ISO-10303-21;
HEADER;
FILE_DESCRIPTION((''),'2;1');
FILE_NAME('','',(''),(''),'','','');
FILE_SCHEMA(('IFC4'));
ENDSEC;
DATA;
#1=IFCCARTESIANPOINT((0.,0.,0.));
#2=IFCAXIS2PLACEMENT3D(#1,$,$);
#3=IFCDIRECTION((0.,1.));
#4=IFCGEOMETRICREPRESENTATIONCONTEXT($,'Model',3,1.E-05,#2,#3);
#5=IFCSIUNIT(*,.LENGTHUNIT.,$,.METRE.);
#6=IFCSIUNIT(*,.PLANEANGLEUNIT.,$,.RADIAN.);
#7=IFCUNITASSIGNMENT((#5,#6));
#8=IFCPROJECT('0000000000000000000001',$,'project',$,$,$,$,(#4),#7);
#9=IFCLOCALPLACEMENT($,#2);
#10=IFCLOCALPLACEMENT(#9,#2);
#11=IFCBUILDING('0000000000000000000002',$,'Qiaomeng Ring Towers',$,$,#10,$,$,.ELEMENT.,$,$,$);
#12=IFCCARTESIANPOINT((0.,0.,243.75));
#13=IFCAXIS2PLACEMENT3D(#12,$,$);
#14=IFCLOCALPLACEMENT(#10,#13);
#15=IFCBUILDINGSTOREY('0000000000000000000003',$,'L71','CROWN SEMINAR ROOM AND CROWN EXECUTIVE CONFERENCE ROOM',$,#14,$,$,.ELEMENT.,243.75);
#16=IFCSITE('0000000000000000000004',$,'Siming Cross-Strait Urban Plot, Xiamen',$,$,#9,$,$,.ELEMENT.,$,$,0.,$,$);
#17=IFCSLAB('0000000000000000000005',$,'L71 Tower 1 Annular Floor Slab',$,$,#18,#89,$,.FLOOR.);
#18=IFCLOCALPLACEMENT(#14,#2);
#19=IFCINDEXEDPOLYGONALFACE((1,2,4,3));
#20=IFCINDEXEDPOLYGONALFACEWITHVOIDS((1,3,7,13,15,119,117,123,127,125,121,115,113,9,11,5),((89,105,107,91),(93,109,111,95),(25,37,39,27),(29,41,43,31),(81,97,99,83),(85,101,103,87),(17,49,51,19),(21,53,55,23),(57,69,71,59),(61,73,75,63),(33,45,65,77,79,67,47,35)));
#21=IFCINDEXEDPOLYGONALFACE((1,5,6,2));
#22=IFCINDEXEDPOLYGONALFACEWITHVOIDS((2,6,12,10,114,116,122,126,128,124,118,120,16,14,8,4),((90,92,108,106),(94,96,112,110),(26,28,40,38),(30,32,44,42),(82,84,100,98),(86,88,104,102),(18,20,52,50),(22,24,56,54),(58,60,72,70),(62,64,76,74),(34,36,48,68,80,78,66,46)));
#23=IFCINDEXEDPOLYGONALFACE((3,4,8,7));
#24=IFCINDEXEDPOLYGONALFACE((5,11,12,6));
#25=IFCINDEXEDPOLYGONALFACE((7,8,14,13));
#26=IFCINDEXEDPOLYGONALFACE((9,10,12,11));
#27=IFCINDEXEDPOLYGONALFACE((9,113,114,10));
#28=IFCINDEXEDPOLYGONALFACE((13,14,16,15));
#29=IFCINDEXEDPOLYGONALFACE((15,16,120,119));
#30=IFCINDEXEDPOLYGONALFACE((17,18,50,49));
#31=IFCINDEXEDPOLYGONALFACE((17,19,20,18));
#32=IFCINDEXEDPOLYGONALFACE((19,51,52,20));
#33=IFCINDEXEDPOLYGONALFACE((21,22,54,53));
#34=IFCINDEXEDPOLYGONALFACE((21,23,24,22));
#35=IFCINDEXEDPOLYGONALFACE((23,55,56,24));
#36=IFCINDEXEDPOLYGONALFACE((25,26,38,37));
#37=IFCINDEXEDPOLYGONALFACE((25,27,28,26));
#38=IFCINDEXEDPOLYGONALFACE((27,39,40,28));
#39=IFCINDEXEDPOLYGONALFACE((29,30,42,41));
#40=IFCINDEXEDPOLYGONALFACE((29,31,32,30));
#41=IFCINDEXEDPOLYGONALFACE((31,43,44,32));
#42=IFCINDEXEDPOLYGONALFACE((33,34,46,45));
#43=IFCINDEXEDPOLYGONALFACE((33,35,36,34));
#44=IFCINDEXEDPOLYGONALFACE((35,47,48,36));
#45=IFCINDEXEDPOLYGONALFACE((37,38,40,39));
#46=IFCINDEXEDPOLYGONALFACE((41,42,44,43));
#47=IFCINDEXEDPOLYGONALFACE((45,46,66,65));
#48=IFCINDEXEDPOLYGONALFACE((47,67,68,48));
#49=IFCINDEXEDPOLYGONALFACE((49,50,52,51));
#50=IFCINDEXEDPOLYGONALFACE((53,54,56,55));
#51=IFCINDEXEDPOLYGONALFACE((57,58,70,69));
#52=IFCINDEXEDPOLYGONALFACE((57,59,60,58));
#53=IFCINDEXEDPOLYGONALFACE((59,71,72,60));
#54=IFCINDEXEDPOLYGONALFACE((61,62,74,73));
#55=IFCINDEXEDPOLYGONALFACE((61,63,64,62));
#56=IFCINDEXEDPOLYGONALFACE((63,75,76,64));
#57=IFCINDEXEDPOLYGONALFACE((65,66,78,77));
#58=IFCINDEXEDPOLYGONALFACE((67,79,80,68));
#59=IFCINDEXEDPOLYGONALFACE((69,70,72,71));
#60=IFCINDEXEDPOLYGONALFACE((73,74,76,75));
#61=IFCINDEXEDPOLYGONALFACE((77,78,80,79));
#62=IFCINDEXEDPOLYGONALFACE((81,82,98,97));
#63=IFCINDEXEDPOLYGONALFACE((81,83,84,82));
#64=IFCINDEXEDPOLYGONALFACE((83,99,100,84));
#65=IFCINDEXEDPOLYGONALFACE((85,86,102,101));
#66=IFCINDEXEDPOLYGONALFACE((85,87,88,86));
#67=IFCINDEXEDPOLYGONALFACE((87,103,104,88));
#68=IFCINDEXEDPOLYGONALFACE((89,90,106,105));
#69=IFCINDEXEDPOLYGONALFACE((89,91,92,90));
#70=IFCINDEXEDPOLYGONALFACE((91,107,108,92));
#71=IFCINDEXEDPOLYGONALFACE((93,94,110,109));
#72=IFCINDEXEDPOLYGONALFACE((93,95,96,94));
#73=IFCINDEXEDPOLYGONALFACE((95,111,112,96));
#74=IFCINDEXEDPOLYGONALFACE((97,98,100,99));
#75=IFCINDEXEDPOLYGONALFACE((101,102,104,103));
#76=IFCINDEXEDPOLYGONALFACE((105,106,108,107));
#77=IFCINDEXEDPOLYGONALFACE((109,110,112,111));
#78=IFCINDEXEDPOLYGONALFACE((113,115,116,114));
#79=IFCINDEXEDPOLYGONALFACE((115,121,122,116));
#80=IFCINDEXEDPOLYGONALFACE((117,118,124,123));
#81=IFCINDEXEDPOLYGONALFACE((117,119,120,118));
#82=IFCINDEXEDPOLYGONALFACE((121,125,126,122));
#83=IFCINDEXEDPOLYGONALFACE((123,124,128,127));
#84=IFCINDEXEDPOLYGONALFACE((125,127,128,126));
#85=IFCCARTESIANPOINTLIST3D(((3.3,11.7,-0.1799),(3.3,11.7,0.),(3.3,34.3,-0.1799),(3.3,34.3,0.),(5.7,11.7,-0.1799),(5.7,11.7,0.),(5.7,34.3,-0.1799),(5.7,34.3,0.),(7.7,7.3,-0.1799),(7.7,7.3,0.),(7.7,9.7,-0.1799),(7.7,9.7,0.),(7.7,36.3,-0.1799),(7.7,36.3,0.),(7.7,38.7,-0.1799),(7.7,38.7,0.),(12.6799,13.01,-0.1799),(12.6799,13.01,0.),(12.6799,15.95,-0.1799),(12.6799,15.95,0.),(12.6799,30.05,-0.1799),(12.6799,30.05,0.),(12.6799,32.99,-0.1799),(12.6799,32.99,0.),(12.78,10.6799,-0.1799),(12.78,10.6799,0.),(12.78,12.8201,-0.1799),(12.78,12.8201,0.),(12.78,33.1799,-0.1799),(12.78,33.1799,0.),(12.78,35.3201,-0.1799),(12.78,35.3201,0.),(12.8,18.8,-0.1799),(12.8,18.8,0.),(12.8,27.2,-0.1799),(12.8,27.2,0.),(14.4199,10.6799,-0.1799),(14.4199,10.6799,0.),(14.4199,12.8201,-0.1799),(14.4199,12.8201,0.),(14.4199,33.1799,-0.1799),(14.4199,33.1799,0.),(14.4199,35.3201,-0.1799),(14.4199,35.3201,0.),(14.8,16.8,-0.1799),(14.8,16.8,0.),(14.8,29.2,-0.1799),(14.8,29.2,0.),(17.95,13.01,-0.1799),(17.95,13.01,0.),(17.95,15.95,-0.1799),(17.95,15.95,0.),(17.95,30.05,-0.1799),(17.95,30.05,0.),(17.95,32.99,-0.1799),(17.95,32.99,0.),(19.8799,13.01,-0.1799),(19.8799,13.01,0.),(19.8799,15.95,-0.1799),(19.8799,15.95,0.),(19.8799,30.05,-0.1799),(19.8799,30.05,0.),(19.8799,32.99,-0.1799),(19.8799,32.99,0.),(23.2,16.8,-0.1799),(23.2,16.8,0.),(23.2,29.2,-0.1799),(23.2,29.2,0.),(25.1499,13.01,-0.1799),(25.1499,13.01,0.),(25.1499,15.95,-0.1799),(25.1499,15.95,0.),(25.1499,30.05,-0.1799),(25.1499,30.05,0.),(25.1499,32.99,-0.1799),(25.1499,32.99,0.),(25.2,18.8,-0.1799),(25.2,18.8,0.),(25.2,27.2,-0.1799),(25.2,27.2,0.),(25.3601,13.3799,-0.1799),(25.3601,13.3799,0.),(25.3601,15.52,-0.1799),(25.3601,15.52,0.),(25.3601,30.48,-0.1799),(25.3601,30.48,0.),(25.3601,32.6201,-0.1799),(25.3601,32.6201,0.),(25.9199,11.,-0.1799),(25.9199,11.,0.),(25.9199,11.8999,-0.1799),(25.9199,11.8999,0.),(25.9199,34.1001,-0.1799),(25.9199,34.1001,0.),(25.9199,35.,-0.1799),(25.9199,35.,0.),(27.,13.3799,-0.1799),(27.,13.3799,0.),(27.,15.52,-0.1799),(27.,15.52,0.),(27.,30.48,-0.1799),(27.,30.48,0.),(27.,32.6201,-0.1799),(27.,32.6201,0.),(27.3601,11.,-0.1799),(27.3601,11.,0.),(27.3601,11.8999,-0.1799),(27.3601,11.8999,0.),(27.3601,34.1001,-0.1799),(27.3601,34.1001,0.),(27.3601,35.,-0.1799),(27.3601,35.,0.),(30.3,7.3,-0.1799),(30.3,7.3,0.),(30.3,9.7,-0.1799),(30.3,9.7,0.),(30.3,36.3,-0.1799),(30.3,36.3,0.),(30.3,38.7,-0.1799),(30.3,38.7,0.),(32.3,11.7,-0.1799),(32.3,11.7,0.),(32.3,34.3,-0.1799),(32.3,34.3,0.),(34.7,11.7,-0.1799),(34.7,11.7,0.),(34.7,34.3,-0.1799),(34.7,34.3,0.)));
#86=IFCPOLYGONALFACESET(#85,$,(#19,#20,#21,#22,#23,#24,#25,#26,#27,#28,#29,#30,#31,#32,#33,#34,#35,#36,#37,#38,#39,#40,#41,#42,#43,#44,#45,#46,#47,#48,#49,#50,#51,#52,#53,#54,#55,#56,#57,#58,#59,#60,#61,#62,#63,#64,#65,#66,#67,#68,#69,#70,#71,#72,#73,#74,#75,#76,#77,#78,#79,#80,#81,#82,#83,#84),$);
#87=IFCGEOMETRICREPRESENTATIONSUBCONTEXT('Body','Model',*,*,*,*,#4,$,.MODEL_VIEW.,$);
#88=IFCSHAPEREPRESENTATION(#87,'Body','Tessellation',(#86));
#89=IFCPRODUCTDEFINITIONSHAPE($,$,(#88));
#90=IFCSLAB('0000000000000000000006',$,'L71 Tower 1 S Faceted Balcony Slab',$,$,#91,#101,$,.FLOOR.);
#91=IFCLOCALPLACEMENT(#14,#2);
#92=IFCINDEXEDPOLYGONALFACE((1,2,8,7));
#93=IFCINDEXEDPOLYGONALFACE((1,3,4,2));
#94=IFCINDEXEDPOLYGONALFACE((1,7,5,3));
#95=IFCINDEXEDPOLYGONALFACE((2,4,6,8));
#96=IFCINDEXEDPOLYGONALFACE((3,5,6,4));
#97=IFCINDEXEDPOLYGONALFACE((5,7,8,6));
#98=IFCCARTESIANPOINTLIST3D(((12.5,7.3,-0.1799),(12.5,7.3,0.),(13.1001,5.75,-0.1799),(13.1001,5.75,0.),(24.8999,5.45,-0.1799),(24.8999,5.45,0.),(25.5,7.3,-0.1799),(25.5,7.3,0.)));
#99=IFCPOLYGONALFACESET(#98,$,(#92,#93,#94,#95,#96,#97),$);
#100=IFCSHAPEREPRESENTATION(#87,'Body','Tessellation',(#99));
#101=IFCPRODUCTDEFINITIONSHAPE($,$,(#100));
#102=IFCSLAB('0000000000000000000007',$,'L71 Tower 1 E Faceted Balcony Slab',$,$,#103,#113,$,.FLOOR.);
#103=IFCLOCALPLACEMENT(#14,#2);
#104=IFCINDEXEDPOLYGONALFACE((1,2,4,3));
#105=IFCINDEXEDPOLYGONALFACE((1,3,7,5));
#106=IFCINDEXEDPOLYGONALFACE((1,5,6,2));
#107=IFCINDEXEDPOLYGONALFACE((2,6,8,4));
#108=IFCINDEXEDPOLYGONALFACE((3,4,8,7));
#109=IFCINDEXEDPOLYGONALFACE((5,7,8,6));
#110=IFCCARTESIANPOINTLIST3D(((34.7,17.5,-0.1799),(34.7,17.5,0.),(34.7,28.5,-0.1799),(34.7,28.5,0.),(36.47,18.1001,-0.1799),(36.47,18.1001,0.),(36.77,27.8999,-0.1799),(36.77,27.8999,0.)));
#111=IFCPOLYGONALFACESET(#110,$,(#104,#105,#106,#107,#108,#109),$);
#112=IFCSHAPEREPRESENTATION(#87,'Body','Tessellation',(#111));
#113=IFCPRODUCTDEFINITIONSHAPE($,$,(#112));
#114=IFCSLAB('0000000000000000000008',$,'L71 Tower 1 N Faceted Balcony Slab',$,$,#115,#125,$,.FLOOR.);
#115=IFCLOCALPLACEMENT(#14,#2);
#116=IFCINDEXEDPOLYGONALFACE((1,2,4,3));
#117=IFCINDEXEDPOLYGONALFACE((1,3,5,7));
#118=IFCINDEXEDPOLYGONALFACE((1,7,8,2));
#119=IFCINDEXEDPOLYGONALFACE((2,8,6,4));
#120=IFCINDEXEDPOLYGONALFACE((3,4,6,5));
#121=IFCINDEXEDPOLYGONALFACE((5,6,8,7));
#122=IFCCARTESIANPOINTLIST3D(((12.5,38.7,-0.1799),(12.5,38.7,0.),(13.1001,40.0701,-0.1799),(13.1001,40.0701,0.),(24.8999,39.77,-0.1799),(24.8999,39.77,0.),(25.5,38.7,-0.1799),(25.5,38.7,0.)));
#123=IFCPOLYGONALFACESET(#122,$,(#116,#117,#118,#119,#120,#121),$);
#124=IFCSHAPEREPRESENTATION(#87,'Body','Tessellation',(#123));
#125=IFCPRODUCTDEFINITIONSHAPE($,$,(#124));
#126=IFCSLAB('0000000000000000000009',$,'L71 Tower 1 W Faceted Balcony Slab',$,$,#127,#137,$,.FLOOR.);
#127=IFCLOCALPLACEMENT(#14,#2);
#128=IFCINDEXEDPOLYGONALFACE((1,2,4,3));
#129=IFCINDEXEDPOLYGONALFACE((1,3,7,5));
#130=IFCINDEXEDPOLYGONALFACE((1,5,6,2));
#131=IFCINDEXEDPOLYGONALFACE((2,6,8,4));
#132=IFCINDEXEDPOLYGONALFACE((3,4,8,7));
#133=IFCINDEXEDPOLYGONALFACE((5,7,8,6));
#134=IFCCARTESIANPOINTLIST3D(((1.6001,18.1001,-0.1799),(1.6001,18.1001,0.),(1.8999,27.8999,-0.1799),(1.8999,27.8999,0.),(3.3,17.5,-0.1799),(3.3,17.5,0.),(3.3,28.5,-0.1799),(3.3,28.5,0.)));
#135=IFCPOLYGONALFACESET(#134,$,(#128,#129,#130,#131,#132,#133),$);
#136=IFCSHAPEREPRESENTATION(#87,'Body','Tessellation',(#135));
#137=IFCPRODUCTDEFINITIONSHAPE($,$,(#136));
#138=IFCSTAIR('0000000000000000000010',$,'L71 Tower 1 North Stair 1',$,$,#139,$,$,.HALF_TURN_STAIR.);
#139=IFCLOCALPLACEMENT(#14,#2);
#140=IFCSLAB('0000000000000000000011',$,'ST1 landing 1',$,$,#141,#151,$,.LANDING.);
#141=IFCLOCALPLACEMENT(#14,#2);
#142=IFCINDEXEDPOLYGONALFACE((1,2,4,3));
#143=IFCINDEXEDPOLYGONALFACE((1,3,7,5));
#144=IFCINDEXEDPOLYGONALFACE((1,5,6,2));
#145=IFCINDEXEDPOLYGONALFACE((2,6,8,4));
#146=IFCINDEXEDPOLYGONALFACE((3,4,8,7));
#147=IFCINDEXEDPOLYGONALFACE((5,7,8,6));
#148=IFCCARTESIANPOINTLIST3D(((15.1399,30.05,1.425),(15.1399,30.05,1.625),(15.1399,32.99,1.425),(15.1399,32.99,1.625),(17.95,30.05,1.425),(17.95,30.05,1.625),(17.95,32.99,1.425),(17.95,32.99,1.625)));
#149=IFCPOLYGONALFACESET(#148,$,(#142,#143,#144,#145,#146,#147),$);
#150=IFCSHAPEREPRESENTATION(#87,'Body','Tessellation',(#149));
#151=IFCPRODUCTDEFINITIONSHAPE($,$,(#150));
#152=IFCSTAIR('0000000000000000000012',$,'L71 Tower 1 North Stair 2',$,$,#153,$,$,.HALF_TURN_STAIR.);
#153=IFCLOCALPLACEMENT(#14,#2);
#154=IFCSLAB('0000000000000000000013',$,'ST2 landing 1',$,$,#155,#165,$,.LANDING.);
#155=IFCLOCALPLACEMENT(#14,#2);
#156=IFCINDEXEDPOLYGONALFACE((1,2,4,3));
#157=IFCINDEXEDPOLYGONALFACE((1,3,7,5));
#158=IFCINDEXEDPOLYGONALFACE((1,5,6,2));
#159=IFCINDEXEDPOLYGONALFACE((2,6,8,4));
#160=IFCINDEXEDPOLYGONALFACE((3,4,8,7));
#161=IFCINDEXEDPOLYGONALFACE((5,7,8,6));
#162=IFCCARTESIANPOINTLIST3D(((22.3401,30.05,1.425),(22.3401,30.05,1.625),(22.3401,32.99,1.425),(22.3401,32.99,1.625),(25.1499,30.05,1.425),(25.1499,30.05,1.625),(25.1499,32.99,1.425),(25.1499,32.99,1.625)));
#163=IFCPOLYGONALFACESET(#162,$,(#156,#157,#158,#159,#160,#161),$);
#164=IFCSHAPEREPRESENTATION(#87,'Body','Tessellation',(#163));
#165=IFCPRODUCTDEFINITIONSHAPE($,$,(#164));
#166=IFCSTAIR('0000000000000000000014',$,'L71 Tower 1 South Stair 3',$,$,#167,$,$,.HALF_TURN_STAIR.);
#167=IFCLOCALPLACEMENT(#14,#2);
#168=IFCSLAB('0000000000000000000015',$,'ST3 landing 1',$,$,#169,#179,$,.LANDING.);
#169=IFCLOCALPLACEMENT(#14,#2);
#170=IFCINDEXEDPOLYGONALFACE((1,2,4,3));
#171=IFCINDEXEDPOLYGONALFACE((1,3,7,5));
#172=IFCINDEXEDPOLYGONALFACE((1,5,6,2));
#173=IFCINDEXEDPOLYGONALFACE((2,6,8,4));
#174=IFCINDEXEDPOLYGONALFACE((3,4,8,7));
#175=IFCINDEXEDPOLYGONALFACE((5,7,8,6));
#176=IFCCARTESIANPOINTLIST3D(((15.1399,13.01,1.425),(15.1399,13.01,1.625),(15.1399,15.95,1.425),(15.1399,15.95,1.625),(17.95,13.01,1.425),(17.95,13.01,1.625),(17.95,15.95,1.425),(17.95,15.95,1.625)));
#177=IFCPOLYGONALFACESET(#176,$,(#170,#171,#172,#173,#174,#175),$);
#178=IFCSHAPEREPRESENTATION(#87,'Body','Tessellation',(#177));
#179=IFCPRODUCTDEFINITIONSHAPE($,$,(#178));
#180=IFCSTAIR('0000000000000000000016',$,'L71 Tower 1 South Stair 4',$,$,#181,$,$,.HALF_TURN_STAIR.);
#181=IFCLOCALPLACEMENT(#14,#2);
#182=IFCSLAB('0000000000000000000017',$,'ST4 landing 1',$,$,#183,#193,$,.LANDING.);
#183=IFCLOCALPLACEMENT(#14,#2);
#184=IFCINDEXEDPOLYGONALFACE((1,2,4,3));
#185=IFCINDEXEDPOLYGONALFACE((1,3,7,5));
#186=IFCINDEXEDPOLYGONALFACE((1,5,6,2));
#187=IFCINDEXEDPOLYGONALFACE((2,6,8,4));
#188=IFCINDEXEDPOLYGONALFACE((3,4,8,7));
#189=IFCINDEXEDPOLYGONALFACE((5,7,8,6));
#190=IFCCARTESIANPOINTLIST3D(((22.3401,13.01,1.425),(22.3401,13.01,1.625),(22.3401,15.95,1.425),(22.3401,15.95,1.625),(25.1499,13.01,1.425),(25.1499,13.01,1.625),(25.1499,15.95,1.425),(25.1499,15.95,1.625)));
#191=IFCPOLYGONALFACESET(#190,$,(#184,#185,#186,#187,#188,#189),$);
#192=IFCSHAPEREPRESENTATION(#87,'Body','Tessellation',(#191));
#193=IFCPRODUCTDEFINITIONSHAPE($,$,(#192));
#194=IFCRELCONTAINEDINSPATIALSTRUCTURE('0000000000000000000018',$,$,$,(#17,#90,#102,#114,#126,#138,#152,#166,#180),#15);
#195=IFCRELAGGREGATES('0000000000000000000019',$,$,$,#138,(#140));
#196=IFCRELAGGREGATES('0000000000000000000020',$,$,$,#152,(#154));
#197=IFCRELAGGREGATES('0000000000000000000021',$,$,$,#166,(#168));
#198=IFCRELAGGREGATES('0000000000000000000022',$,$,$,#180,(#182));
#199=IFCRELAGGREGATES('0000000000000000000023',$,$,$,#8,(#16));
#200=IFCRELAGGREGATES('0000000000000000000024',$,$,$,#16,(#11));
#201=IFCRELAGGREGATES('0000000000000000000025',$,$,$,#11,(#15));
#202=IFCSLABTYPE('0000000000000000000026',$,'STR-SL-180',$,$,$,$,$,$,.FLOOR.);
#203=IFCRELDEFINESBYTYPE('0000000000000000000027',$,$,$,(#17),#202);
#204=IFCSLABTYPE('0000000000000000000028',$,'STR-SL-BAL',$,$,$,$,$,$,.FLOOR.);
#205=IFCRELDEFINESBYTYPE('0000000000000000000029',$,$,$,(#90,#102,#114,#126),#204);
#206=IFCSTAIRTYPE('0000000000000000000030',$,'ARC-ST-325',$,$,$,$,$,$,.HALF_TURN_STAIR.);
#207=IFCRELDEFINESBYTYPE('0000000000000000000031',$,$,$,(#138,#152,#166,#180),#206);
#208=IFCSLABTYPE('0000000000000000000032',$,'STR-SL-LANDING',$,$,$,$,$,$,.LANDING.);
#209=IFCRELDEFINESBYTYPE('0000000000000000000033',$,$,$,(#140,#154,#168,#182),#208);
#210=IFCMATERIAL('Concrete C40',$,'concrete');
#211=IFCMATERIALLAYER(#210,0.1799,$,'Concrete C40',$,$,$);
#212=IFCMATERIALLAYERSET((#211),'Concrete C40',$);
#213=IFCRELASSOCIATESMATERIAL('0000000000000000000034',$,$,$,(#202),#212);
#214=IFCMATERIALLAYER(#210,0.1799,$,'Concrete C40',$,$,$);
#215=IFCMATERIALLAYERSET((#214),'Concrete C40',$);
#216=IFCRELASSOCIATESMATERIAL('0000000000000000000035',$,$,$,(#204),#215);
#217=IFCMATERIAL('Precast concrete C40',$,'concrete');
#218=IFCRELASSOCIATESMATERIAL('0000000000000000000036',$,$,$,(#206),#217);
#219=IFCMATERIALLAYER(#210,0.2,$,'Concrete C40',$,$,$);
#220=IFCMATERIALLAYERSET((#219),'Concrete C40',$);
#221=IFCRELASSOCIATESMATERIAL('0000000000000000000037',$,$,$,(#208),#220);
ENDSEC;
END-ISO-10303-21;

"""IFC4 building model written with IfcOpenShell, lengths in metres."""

from ifc_helpers import new_model, si_unit, direction, frame, origin, place, context, subcontext, project, spatial, polyline, outline, extrude, material, layer, layer_set, type_object, element, aggregate, save


model = new_model("IFC4")

# Units and contexts
model_context = context("Model", 3, precision=1e-05, world=origin(), true_north=direction((0.0, 1.0)))
body_context = subcontext(model_context, "Body", "Model", "MODEL_VIEW")
ifc_project = project(units=[si_unit("LENGTHUNIT", "METRE"), si_unit("PLANEANGLEUNIT", "RADIAN")], contexts=[model_context])

# Site, building, storey
site_placement = place(None, origin())
site = spatial("IfcSite", under=ifc_project, at=site_placement, Name="Siming Cross-Strait Urban Plot, Xiamen", CompositionType="ELEMENT", RefElevation=0.0)
building_placement = place(site_placement, origin())
building = spatial("IfcBuilding", under=site, at=building_placement, Name="Qiaomeng Ring Towers", CompositionType="ELEMENT")
storey_placement = place(building_placement, frame((0.0, 0.0, 243.75)))
storey = spatial("IfcBuildingStorey", under=building, at=storey_placement, Name="L71", Description="CROWN SEMINAR ROOM AND CROWN EXECUTIVE CONFERENCE ROOM", CompositionType="ELEMENT", Elevation=243.75)

# Slabs
ifc_material_1 = material(Name="Concrete C40", Category="concrete")
ifc_layer_1 = layer(ifc_material_1, 0.1799, Name="Concrete C40")
ifc_layer_set_1 = layer_set([ifc_layer_1], Name="Concrete C40")
slab_type_1 = type_object("IfcSlabType", Name="STR-SL-180", PredefinedType="FLOOR", material=ifc_layer_set_1)
slab_1_placement = place(storey_placement, frame((0.0, 0.0, -0.1799)))
element("IfcSlab", 1, at=slab_1_placement, inside=storey, type_object=slab_type_1, Name="L71 Tower 1 Annular Floor Slab", PredefinedType="FLOOR", context=body_context, shape_type="SweptSolid", body=[
    extrude(outline(polyline([(7.7, 7.3), (30.3, 7.3), (30.3, 9.7), (32.3, 11.7), (34.7, 11.7), (34.7, 34.3), (32.3, 34.3), (30.3, 36.3), (30.3, 38.7), (7.7, 38.7), (7.7, 36.3), (5.7, 34.3), (3.3, 34.3), (3.3, 11.7), (5.7, 11.7), (7.7, 9.7), (7.7, 7.3)]), holes=[polyline([(12.78, 10.6799), (12.78, 12.8201), (14.4199, 12.8201), (14.4199, 10.6799), (12.78, 10.6799)]), polyline([(12.6799, 13.01), (12.6799, 15.95), (17.95, 15.95), (17.95, 13.01), (12.6799, 13.01)]), polyline([(23.2, 29.2), (25.2, 27.2), (25.2, 18.8), (23.2, 16.8), (14.8, 16.8), (12.8, 18.8), (12.8, 27.2), (14.8, 29.2), (23.2, 29.2)]), polyline([(12.6799, 32.99), (17.95, 32.99), (17.95, 30.05), (12.6799, 30.05), (12.6799, 32.99)]), polyline([(19.8799, 32.99), (25.1499, 32.99), (25.1499, 30.05), (19.8799, 30.05), (19.8799, 32.99)]), polyline([(12.78, 33.1799), (12.78, 35.3201), (14.4199, 35.3201), (14.4199, 33.1799), (12.78, 33.1799)]), polyline([(25.9199, 11.8999), (27.3601, 11.8999), (27.3601, 11.0), (25.9199, 11.0), (25.9199, 11.8999)]), polyline([(25.3601, 15.52), (27.0, 15.52), (27.0, 13.3799), (25.3601, 13.3799), (25.3601, 15.52)]), polyline([(19.8799, 13.01), (19.8799, 15.95), (25.1499, 15.95), (25.1499, 13.01), (19.8799, 13.01)]), polyline([(25.3601, 32.6201), (27.0, 32.6201), (27.0, 30.48), (25.3601, 30.48), (25.3601, 32.6201)]), polyline([(25.9199, 35.0), (27.3601, 35.0), (27.3601, 34.1001), (25.9199, 34.1001), (25.9199, 35.0)])]), origin(), (0.0, 0.0, 1.0), 0.1799),
])
ifc_layer_2 = layer(ifc_material_1, 0.1799, Name="Concrete C40")
ifc_layer_set_2 = layer_set([ifc_layer_2], Name="Concrete C40")
slab_type_2 = type_object("IfcSlabType", Name="STR-SL-BAL", PredefinedType="FLOOR", material=ifc_layer_set_2)
slab_2_placement = place(storey_placement, frame((0.0, 0.0, -0.1799)))
element("IfcSlab", 2, at=slab_2_placement, inside=storey, type_object=slab_type_2, Name="L71 Tower 1 S Faceted Balcony Slab", PredefinedType="FLOOR", context=body_context, shape_type="SweptSolid", body=[
    extrude(outline(polyline([(24.8999, 5.45), (13.1001, 5.75), (12.5, 7.3), (25.5, 7.3), (24.8999, 5.45)])), origin(), (0.0, 0.0, 1.0), 0.1799),
])
slab_3_placement = place(storey_placement, frame((0.0, 0.0, -0.1799)))
element("IfcSlab", 3, at=slab_3_placement, inside=storey, type_object=slab_type_2, Name="L71 Tower 1 E Faceted Balcony Slab", PredefinedType="FLOOR", context=body_context, shape_type="SweptSolid", body=[
    extrude(outline(polyline([(36.77, 27.8999), (36.47, 18.1001), (34.7, 17.5), (34.7, 28.5), (36.77, 27.8999)])), origin(), (0.0, 0.0, 1.0), 0.1799),
])
slab_4_placement = place(storey_placement, frame((0.0, 0.0, -0.1799)))
element("IfcSlab", 4, at=slab_4_placement, inside=storey, type_object=slab_type_2, Name="L71 Tower 1 N Faceted Balcony Slab", PredefinedType="FLOOR", context=body_context, shape_type="SweptSolid", body=[
    extrude(outline(polyline([(12.5, 38.7), (13.1001, 40.0701), (24.8999, 39.77), (25.5, 38.7), (12.5, 38.7)])), origin(), (0.0, 0.0, 1.0), 0.1799),
])
slab_5_placement = place(storey_placement, frame((0.0, 0.0, -0.1799)))
element("IfcSlab", 5, at=slab_5_placement, inside=storey, type_object=slab_type_2, Name="L71 Tower 1 W Faceted Balcony Slab", PredefinedType="FLOOR", context=body_context, shape_type="SweptSolid", body=[
    extrude(outline(polyline([(1.6001, 18.1001), (1.8999, 27.8999), (3.3, 28.5), (3.3, 17.5), (1.6001, 18.1001)])), origin(), (0.0, 0.0, 1.0), 0.1799),
])

# Stairs, slabs
ifc_material_2 = material(Name="Precast concrete C40", Category="concrete")
stair_type = type_object("IfcStairType", Name="ARC-ST-325", PredefinedType="HALF_TURN_STAIR", material=ifc_material_2)
stair_1_placement = place(storey_placement, origin())
stair_1 = element("IfcStair", 6, at=stair_1_placement, inside=storey, type_object=stair_type, Name="L71 Tower 1 North Stair 1", PredefinedType="HALF_TURN_STAIR")
ifc_layer_3 = layer(ifc_material_1, 0.2, Name="Concrete C40")
ifc_layer_set_3 = layer_set([ifc_layer_3], Name="Concrete C40")
slab_type_3 = type_object("IfcSlabType", Name="STR-SL-LANDING", PredefinedType="LANDING", material=ifc_layer_set_3)
slab_6_placement = place(storey_placement, frame((0.0, 0.0, 1.425)))
slab_6 = element("IfcSlab", 7, at=slab_6_placement, type_object=slab_type_3, Name="ST1 landing 1", PredefinedType="LANDING", context=body_context, shape_type="SweptSolid", body=[
    extrude(outline(polyline([(15.1399, 30.05), (17.95, 30.05), (17.95, 32.99), (15.1399, 32.99), (15.1399, 30.05)])), origin(), (0.0, 0.0, 1.0), 0.2),
])
aggregate(stair_1, [slab_6])
stair_2_placement = place(storey_placement, origin())
stair_2 = element("IfcStair", 8, at=stair_2_placement, inside=storey, type_object=stair_type, Name="L71 Tower 1 North Stair 2", PredefinedType="HALF_TURN_STAIR")
slab_7_placement = place(storey_placement, frame((0.0, 0.0, 1.425)))
slab_7 = element("IfcSlab", 9, at=slab_7_placement, type_object=slab_type_3, Name="ST2 landing 1", PredefinedType="LANDING", context=body_context, shape_type="SweptSolid", body=[
    extrude(outline(polyline([(22.3401, 30.05), (25.1499, 30.05), (25.1499, 32.99), (22.3401, 32.99), (22.3401, 30.05)])), origin(), (0.0, 0.0, 1.0), 0.2),
])
aggregate(stair_2, [slab_7])
stair_3_placement = place(storey_placement, origin())
stair_3 = element("IfcStair", 10, at=stair_3_placement, inside=storey, type_object=stair_type, Name="L71 Tower 1 South Stair 3", PredefinedType="HALF_TURN_STAIR")
slab_8_placement = place(storey_placement, frame((0.0, 0.0, 1.425)))
slab_8 = element("IfcSlab", 11, at=slab_8_placement, type_object=slab_type_3, Name="ST3 landing 1", PredefinedType="LANDING", context=body_context, shape_type="SweptSolid", body=[
    extrude(outline(polyline([(15.1399, 13.01), (17.95, 13.01), (17.95, 15.95), (15.1399, 15.95), (15.1399, 13.01)])), origin(), (0.0, 0.0, 1.0), 0.2),
])
aggregate(stair_3, [slab_8])
stair_4_placement = place(storey_placement, origin())
stair_4 = element("IfcStair", 12, at=stair_4_placement, inside=storey, type_object=stair_type, Name="L71 Tower 1 South Stair 4", PredefinedType="HALF_TURN_STAIR")
slab_9_placement = place(storey_placement, frame((0.0, 0.0, 1.425)))
slab_9 = element("IfcSlab", 13, at=slab_9_placement, type_object=slab_type_3, Name="ST4 landing 1", PredefinedType="LANDING", context=body_context, shape_type="SweptSolid", body=[
    extrude(outline(polyline([(22.3401, 13.01), (25.1499, 13.01), (25.1499, 15.95), (22.3401, 15.95), (22.3401, 13.01)])), origin(), (0.0, 0.0, 1.0), 0.2),
])
aggregate(stair_4, [slab_9])

save(model, "model.ifc")
